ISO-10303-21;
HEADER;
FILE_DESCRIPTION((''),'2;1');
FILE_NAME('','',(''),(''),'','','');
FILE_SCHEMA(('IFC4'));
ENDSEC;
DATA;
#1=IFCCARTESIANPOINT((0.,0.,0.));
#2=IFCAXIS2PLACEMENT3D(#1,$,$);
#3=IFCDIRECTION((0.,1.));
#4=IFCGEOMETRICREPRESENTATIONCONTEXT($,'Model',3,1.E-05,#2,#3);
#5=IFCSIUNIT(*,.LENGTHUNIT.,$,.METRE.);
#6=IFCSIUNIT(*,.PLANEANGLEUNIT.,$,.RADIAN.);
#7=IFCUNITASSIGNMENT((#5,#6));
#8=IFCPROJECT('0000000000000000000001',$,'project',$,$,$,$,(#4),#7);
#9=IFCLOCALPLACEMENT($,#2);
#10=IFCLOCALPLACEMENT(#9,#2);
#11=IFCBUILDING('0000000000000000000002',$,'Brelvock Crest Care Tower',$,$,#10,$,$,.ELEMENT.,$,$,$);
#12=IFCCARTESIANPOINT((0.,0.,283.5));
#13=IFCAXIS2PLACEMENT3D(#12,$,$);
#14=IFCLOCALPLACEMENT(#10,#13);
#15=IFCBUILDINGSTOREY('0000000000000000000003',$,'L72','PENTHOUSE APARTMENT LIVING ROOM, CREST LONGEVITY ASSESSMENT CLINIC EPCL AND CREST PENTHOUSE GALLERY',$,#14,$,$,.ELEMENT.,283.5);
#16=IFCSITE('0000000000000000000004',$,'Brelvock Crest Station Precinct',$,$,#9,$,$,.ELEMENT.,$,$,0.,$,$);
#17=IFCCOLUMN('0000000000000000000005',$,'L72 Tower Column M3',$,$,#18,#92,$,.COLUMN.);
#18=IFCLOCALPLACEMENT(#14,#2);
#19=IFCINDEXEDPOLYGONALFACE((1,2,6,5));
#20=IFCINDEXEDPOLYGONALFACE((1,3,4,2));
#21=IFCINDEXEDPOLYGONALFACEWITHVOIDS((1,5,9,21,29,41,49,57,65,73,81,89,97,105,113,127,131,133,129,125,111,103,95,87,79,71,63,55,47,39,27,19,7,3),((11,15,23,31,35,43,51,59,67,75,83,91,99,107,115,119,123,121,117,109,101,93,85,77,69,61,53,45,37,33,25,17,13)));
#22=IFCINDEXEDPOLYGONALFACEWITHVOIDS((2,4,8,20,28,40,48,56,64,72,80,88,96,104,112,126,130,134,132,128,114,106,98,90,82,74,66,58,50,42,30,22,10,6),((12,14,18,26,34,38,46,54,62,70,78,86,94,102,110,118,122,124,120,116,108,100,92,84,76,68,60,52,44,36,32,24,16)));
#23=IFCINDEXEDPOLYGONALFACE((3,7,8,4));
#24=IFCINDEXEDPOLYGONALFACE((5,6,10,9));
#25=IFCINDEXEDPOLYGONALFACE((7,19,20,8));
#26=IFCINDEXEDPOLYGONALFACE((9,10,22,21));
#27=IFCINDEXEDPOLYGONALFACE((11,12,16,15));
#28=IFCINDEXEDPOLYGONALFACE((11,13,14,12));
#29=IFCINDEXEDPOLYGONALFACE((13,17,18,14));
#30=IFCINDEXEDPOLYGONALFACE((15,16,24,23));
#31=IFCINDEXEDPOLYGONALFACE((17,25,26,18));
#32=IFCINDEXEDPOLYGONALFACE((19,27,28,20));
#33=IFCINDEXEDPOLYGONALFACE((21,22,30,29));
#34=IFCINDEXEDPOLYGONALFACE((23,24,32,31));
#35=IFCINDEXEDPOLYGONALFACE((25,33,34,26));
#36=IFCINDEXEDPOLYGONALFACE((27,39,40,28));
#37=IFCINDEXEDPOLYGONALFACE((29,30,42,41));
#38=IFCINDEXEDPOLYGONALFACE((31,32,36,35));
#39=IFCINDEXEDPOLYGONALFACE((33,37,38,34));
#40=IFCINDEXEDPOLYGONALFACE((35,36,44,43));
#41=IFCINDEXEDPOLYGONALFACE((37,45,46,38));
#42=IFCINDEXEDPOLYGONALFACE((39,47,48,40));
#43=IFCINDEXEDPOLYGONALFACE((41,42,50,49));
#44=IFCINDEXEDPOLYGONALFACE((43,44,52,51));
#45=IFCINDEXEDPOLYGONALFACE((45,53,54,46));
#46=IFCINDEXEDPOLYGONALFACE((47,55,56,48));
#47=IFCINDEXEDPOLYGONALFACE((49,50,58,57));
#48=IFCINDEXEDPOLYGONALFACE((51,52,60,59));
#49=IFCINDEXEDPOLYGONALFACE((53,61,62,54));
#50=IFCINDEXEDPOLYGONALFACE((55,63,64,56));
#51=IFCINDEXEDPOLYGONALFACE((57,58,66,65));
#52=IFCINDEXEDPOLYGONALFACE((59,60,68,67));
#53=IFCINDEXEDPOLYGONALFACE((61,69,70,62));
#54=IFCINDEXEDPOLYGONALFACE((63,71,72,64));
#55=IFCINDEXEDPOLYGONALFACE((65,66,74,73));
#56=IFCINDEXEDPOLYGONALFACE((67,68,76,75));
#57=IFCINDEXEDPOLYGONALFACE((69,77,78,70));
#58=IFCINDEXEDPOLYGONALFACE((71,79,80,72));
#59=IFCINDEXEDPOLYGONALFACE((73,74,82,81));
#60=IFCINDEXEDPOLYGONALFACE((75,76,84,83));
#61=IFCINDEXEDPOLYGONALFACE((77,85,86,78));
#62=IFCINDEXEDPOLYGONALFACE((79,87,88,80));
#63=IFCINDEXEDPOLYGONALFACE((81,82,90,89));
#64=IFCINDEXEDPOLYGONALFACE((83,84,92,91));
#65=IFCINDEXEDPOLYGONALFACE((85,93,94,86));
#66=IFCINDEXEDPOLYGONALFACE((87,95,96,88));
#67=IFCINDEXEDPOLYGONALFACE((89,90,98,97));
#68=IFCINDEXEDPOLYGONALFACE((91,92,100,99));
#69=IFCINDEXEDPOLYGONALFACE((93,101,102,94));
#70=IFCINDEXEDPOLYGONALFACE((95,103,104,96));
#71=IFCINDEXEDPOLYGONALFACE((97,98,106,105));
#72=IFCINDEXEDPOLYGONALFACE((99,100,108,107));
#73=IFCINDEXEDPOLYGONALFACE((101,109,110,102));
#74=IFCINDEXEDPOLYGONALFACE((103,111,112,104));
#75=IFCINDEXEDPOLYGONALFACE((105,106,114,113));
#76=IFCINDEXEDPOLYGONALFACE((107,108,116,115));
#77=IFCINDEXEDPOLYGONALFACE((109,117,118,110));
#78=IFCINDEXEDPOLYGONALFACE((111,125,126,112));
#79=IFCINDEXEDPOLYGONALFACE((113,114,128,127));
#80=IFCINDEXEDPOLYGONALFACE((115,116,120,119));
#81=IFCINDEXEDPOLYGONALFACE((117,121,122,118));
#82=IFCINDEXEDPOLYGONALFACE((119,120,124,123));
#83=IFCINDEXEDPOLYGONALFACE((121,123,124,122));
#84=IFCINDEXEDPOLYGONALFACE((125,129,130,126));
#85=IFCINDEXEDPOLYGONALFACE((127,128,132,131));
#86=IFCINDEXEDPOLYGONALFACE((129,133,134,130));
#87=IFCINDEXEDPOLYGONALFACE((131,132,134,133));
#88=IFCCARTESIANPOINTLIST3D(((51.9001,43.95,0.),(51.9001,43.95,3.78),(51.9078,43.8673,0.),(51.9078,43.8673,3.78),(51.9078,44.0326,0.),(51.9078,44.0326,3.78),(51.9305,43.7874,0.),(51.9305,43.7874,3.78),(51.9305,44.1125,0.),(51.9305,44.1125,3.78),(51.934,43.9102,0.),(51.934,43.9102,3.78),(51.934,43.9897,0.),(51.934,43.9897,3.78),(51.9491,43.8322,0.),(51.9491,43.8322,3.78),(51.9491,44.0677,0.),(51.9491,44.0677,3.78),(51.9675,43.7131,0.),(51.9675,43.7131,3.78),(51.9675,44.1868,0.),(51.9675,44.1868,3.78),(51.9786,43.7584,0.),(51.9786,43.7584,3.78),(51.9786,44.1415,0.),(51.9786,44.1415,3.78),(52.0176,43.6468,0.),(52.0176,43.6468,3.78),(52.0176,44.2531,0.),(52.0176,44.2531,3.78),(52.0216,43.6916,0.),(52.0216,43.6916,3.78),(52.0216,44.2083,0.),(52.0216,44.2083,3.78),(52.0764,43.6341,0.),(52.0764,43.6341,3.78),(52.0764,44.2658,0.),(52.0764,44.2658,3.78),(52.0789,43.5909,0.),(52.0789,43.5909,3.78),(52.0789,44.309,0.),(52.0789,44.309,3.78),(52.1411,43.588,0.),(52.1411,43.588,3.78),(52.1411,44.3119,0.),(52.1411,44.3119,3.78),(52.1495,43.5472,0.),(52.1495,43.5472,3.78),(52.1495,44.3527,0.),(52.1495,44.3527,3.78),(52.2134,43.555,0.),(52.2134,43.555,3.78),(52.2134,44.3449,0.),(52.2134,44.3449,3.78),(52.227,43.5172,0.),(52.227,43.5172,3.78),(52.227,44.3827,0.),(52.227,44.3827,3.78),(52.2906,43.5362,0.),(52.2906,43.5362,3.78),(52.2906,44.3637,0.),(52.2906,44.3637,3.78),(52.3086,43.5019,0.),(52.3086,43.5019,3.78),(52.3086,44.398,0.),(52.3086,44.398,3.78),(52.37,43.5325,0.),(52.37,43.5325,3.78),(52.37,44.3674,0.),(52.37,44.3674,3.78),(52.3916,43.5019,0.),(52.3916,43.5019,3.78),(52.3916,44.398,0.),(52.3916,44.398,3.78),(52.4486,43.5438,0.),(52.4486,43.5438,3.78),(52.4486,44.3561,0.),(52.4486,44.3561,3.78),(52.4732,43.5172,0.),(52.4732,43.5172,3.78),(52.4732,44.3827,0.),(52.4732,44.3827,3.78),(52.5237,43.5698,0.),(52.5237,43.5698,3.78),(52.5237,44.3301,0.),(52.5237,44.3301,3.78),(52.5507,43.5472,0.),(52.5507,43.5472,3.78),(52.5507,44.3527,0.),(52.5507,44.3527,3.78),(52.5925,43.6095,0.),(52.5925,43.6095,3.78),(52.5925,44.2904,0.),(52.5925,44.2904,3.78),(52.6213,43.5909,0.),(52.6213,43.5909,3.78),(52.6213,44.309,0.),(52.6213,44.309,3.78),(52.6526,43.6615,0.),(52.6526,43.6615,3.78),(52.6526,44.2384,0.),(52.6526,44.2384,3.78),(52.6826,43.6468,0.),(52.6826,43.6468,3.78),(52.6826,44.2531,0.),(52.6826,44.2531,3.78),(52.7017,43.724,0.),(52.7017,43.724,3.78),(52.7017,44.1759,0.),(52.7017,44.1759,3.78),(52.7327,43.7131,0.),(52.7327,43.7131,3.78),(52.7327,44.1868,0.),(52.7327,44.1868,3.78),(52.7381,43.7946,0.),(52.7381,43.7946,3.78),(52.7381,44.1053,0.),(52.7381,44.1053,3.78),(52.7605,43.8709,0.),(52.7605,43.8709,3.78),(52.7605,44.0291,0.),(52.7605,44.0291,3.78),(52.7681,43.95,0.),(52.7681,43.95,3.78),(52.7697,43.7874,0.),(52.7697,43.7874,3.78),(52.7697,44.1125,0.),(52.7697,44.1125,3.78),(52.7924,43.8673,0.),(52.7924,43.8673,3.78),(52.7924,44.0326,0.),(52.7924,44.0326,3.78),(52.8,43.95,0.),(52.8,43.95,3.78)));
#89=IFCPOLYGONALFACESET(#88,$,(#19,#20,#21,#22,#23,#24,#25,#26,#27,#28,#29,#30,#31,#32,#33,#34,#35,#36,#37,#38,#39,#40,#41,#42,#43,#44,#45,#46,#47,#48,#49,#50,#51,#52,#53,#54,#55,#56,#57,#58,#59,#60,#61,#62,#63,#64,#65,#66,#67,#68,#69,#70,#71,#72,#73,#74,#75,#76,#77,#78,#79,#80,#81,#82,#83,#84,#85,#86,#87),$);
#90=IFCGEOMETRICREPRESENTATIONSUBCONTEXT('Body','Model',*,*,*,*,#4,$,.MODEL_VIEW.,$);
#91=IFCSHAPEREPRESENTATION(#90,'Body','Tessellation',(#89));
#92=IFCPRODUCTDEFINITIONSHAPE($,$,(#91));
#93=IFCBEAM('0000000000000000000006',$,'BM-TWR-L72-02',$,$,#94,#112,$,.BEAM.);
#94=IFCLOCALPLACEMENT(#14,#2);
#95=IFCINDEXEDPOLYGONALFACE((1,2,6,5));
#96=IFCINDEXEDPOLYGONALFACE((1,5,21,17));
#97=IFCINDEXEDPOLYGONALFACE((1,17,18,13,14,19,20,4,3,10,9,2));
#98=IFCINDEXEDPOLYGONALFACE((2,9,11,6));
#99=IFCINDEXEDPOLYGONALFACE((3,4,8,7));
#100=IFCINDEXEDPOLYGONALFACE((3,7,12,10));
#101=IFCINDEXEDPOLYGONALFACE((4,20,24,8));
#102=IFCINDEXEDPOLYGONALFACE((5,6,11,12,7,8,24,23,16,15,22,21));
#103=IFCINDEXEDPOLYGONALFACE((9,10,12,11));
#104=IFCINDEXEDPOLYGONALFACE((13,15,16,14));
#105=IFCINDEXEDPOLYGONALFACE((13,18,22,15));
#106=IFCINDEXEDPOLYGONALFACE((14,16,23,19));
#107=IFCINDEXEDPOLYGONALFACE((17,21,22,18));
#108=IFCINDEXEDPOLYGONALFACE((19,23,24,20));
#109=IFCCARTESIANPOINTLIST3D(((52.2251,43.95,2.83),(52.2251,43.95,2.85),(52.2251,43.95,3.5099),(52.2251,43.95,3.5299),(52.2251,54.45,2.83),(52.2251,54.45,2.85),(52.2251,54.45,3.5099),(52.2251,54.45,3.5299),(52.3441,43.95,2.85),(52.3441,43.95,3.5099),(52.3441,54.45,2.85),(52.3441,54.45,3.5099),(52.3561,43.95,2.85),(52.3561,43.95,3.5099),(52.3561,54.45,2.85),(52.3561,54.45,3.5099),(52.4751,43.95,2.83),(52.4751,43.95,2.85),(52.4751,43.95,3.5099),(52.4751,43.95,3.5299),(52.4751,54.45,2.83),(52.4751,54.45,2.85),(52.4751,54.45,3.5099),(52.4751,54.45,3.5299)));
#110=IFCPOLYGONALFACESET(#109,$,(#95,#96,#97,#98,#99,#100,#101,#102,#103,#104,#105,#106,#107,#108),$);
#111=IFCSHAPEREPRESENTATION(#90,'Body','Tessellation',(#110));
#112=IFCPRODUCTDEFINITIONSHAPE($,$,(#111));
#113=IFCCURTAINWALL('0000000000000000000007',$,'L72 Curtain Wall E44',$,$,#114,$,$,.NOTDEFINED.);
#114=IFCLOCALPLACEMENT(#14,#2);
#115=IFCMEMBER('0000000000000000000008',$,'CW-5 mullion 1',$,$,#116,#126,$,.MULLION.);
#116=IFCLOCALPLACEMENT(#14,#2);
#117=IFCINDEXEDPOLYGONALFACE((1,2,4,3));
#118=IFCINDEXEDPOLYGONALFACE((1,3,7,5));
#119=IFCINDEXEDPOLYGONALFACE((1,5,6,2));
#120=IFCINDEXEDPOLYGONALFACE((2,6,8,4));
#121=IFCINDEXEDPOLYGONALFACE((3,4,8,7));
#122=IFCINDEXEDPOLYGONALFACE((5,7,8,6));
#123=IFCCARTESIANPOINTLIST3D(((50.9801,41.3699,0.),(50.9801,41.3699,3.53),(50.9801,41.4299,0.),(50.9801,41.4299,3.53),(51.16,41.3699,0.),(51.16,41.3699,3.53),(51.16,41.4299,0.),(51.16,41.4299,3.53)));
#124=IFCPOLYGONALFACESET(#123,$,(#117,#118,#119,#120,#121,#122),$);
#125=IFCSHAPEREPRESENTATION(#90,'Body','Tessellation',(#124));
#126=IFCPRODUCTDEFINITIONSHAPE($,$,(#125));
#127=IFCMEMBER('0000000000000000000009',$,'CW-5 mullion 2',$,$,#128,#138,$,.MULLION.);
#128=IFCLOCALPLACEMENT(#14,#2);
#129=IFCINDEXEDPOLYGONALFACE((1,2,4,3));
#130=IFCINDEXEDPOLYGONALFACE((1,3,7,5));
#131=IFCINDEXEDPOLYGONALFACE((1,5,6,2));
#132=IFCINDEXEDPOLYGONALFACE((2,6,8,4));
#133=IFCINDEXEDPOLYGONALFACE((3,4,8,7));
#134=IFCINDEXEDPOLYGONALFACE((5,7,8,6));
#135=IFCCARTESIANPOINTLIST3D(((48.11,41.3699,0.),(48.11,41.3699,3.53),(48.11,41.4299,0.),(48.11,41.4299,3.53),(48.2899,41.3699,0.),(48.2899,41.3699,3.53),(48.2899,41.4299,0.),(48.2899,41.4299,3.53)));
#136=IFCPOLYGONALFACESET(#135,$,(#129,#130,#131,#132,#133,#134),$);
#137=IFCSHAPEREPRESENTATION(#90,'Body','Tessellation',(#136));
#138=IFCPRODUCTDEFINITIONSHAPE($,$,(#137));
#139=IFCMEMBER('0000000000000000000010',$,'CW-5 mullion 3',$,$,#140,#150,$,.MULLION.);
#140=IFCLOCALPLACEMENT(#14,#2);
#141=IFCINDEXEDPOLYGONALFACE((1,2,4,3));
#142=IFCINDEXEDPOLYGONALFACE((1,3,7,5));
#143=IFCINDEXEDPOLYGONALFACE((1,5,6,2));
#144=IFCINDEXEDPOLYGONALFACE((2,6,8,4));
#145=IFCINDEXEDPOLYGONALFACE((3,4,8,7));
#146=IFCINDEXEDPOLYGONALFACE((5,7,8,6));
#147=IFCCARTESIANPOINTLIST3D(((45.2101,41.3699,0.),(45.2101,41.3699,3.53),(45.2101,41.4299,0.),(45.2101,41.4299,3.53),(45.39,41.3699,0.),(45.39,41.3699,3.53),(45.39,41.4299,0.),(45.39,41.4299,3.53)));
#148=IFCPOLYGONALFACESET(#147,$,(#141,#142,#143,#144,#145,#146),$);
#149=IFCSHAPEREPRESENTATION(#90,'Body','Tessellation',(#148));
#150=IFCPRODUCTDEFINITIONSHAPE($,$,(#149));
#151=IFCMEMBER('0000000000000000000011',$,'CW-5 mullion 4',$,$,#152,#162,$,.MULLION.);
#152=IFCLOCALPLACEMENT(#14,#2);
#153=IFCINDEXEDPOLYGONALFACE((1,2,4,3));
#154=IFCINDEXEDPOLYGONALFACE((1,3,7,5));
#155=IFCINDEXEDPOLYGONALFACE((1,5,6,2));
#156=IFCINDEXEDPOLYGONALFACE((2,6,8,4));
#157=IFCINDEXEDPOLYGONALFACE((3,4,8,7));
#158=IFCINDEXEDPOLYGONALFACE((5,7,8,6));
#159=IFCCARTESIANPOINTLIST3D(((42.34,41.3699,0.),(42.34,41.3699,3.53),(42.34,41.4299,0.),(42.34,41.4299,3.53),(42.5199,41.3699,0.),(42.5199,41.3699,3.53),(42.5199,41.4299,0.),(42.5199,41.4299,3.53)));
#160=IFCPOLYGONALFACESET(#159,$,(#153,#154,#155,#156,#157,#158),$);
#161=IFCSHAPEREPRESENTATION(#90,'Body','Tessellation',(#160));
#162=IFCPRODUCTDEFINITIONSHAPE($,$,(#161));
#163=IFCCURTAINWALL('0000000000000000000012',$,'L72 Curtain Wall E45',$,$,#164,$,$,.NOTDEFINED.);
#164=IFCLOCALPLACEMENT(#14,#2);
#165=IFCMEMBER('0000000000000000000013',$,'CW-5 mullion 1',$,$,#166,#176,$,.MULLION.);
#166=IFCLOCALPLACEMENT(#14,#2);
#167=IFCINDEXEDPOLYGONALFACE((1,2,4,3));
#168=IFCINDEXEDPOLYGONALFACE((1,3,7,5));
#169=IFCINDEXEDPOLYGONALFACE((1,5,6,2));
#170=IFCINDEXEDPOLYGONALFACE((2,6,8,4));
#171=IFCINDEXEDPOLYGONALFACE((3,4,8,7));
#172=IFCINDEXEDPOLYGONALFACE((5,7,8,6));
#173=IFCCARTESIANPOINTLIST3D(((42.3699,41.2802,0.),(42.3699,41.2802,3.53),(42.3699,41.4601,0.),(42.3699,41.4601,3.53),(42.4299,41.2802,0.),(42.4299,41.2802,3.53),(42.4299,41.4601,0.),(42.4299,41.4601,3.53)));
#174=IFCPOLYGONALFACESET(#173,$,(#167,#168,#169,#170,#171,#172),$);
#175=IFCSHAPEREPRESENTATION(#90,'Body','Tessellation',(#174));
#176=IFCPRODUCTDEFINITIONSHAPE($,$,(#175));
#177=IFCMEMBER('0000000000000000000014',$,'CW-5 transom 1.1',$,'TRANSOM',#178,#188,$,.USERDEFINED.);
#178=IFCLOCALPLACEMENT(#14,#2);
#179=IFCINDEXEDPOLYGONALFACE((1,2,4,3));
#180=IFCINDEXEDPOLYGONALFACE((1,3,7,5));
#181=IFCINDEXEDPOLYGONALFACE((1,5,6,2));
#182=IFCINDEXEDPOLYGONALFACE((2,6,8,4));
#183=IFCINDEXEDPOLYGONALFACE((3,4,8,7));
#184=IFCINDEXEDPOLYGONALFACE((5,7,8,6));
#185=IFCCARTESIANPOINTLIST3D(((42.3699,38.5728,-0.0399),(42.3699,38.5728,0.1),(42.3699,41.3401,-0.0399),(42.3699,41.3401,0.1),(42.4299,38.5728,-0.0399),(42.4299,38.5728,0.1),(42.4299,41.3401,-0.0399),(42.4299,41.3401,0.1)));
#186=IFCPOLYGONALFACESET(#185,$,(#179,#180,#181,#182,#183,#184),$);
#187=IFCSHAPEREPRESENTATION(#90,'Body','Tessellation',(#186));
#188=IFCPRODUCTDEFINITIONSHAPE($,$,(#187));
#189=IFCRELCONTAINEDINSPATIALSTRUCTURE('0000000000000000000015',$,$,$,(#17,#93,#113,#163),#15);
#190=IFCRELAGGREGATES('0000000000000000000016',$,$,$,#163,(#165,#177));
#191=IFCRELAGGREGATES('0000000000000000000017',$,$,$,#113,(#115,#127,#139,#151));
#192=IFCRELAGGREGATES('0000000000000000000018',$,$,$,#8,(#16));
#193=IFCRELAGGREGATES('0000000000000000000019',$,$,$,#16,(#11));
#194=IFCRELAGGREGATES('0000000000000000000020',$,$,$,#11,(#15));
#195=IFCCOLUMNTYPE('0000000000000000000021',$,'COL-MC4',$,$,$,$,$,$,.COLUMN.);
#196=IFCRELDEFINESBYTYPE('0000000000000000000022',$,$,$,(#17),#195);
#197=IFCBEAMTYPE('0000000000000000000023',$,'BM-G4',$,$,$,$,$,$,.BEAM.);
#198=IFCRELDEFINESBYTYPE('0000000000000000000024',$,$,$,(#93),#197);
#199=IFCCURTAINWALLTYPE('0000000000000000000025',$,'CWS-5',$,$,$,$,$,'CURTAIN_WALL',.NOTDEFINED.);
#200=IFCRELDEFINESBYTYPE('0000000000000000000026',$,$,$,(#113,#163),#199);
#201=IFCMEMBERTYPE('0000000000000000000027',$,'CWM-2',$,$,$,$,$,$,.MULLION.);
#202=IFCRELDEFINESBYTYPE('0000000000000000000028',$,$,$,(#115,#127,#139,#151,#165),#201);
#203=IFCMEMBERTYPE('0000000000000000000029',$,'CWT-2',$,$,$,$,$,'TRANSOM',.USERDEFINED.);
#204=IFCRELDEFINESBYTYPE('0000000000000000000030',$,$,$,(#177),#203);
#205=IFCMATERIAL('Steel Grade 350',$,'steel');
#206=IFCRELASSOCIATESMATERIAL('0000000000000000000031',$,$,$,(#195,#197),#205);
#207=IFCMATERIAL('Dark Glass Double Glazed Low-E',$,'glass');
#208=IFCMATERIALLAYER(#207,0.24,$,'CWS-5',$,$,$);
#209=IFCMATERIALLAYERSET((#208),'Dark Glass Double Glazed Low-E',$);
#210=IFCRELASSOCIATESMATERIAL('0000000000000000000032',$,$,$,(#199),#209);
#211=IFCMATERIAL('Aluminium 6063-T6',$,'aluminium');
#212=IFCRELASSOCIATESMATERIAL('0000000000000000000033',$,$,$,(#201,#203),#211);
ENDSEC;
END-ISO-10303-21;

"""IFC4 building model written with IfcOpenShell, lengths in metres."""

from ifc_helpers import new_model, si_unit, direction, frame, origin, origin_2d, place, context, subcontext, project, spatial, rectangle, hollow_circle, i_section, extrude, source, transform, mapped, material, layer, layer_set, material_profile, profile_set, type_object, element, aggregate, save


model = new_model("IFC4")

# Units and contexts
model_context = context("Model", 3, precision=1e-05, world=origin(), true_north=direction((0.0, 1.0)))
body_context = subcontext(model_context, "Body", "Model", "MODEL_VIEW")
ifc_project = project(units=[si_unit("LENGTHUNIT", "METRE"), si_unit("PLANEANGLEUNIT", "RADIAN")], contexts=[model_context])

# Site, building, storey
site_placement = place(None, origin())
site = spatial("IfcSite", under=ifc_project, at=site_placement, Name="Brelvock Crest Station Precinct", CompositionType="ELEMENT", RefElevation=0.0)
building_placement = place(site_placement, origin())
building = spatial("IfcBuilding", under=site, at=building_placement, Name="Brelvock Crest Care Tower", CompositionType="ELEMENT")
storey_placement = place(building_placement, frame((0.0, 0.0, 283.5)))
storey = spatial("IfcBuildingStorey", under=building, at=storey_placement, Name="L72", Description="PENTHOUSE APARTMENT LIVING ROOM, CREST LONGEVITY ASSESSMENT CLINIC EPCL AND CREST PENTHOUSE GALLERY", CompositionType="ELEMENT", Elevation=283.5)

# Column
ifc_material_1 = material(Name="Steel Grade 350", Category="steel")
ifc_material_profile_1 = material_profile(ifc_material_1, hollow_circle(Radius=0.45, WallThickness=0.032, at=origin_2d()), Name="CFT900x32")
ifc_profile_set_1 = profile_set([ifc_material_profile_1], Name="Steel Grade 350")
column_type = type_object("IfcColumnType", Name="COL-MC4", PredefinedType="COLUMN", material=ifc_profile_set_1)
shared_shape_1 = source(origin(), body_context, "Body", "SweptSolid", [
    extrude(hollow_circle(Radius=0.45, WallThickness=0.032, at=origin_2d()), origin(), (0.0, 0.0, 1.0), 3.78),
])
column_placement = place(storey_placement, frame((52.3501, 43.95, 0.0), z_axis=(0.0, 0.0, 1.0), x_axis=(1.0, 0.0, 0.0)))
element("IfcColumn", 1, at=column_placement, inside=storey, type_object=column_type, Name="L72 Tower Column M3", PredefinedType="COLUMN", context=body_context, shape_type="MappedRepresentation", body=[
    mapped(shared_shape_1, transform((0.0, 0.0, 0.0), x_axis=(1.0, 0.0, 0.0), y_axis=(0.0, 1.0, 0.0), z_axis=(0.0, 0.0, 1.0), scale=1.0)),
])

# Beam
ifc_material_profile_2 = material_profile(ifc_material_1, i_section(OverallWidth=0.25, OverallDepth=0.7, WebThickness=0.012, FlangeThickness=0.02, at=origin_2d()), Name="700WB150")
ifc_profile_set_2 = profile_set([ifc_material_profile_2], Name="Steel Grade 350")
beam_type = type_object("IfcBeamType", Name="BM-G4", PredefinedType="BEAM", material=ifc_profile_set_2)
shared_shape_2 = source(origin(), body_context, "Body", "SweptSolid", [
    extrude(i_section(OverallWidth=0.25, OverallDepth=0.7, WebThickness=0.012, FlangeThickness=0.02, at=origin_2d()), origin(), (0.0, 0.0, 1.0), 10.5),
])
beam_placement = place(storey_placement, frame((52.3501, 43.95, 3.1799), z_axis=(0.0, 1.0, 0.0), x_axis=(-1.0, 0.0, 0.0)))
element("IfcBeam", 2, at=beam_placement, inside=storey, type_object=beam_type, Name="BM-TWR-L72-02", PredefinedType="BEAM", context=body_context, shape_type="MappedRepresentation", body=[
    mapped(shared_shape_2, transform((0.0, 0.0, 0.0), x_axis=(1.0, 0.0, 0.0), y_axis=(0.0, 1.0, 0.0), z_axis=(0.0, 0.0, 1.0), scale=1.0)),
])

# Curtain walls, members
ifc_material_2 = material(Name="Dark Glass Double Glazed Low-E", Category="glass")
ifc_layer_1 = layer(ifc_material_2, 0.24, Name="CWS-5")
ifc_layer_set_1 = layer_set([ifc_layer_1], Name="Dark Glass Double Glazed Low-E")
curtain_wall_type = type_object("IfcCurtainWallType", Name="CWS-5", ElementType="CURTAIN_WALL", PredefinedType="NOTDEFINED", material=ifc_layer_set_1)
curtain_wall_1_placement = place(storey_placement, origin())
curtain_wall_1 = element("IfcCurtainWall", 3, at=curtain_wall_1_placement, inside=storey, type_object=curtain_wall_type, Name="L72 Curtain Wall E44", PredefinedType="NOTDEFINED")
ifc_material_3 = material(Name="Aluminium 6063-T6", Category="aluminium")
ifc_material_profile_3 = material_profile(ifc_material_3, rectangle(XDim=0.0601, YDim=0.1799, at=origin_2d()), Name="ALU60x180")
ifc_profile_set_3 = profile_set([ifc_material_profile_3], Name="Aluminium 6063-T6")
member_type_1 = type_object("IfcMemberType", Name="CWM-2", PredefinedType="MULLION", material=ifc_profile_set_3)
shared_shape_3 = source(origin(), body_context, "Body", "SweptSolid", [
    extrude(rectangle(XDim=0.0601, YDim=0.1799, at=origin_2d()), origin(), (0.0, 0.0, 1.0), 3.53),
])
member_1_placement = place(storey_placement, frame((51.0701, 41.3999, 0.0), z_axis=(0.0, 0.0, 1.0), x_axis=(0.0, -1.0, 0.0)))
member_1 = element("IfcMember", 4, at=member_1_placement, type_object=member_type_1, Name="CW-5 mullion 1", PredefinedType="MULLION", context=body_context, shape_type="MappedRepresentation", body=[
    mapped(shared_shape_3, transform((0.0, 0.0, 0.0), x_axis=(1.0, 0.0, 0.0), y_axis=(0.0, 1.0, 0.0), z_axis=(0.0, 0.0, 1.0), scale=1.0)),
])
member_2_placement = place(storey_placement, frame((48.2, 41.3999, 0.0), z_axis=(0.0, 0.0, 1.0), x_axis=(0.0, -1.0, 0.0)))
member_2 = element("IfcMember", 5, at=member_2_placement, type_object=member_type_1, Name="CW-5 mullion 2", PredefinedType="MULLION", context=body_context, shape_type="MappedRepresentation", body=[
    mapped(shared_shape_3, transform((0.0, 0.0, 0.0), x_axis=(1.0, 0.0, 0.0), y_axis=(0.0, 1.0, 0.0), z_axis=(0.0, 0.0, 1.0), scale=1.0)),
])
member_3_placement = place(storey_placement, frame((45.3, 41.3999, 0.0), z_axis=(0.0, 0.0, 1.0), x_axis=(0.0, -1.0, 0.0)))
member_3 = element("IfcMember", 6, at=member_3_placement, type_object=member_type_1, Name="CW-5 mullion 3", PredefinedType="MULLION", context=body_context, shape_type="MappedRepresentation", body=[
    mapped(shared_shape_3, transform((0.0, 0.0, 0.0), x_axis=(1.0, 0.0, 0.0), y_axis=(0.0, 1.0, 0.0), z_axis=(0.0, 0.0, 1.0), scale=1.0)),
])
member_4_placement = place(storey_placement, frame((42.4299, 41.3999, 0.0), z_axis=(0.0, 0.0, 1.0), x_axis=(0.0, -1.0, 0.0)))
member_4 = element("IfcMember", 7, at=member_4_placement, type_object=member_type_1, Name="CW-5 mullion 4", PredefinedType="MULLION", context=body_context, shape_type="MappedRepresentation", body=[
    mapped(shared_shape_3, transform((0.0, 0.0, 0.0), x_axis=(1.0, 0.0, 0.0), y_axis=(0.0, 1.0, 0.0), z_axis=(0.0, 0.0, 1.0), scale=1.0)),
])
curtain_wall_2_placement = place(storey_placement, origin())
curtain_wall_2 = element("IfcCurtainWall", 8, at=curtain_wall_2_placement, inside=storey, type_object=curtain_wall_type, Name="L72 Curtain Wall E45", PredefinedType="NOTDEFINED")
member_5_placement = place(storey_placement, frame((42.3999, 41.3701, 0.0), z_axis=(0.0, 0.0, 1.0), x_axis=(1.0, 0.0, 0.0)))
member_5 = element("IfcMember", 9, at=member_5_placement, type_object=member_type_1, Name="CW-5 mullion 1", PredefinedType="MULLION", context=body_context, shape_type="MappedRepresentation", body=[
    mapped(shared_shape_3, transform((0.0, 0.0, 0.0), x_axis=(1.0, 0.0, 0.0), y_axis=(0.0, 1.0, 0.0), z_axis=(0.0, 0.0, 1.0), scale=1.0)),
])
ifc_material_profile_4 = material_profile(ifc_material_3, rectangle(XDim=0.0601, YDim=0.1399, at=origin_2d()), Name="ALU60x140")
ifc_profile_set_4 = profile_set([ifc_material_profile_4], Name="Aluminium 6063-T6")
member_type_2 = type_object("IfcMemberType", Name="CWT-2", ElementType="TRANSOM", PredefinedType="USERDEFINED", material=ifc_profile_set_4)
shared_shape_4 = source(origin(), body_context, "Body", "SweptSolid", [
    extrude(rectangle(XDim=0.0601, YDim=0.1399, at=origin_2d()), origin(), (0.0, 0.0, 1.0), 2.7673),
])
member_6_placement = place(storey_placement, frame((42.3999, 41.3401, 0.03), z_axis=(0.0, -1.0, 0.0), x_axis=(1.0, 0.0, 0.0)))
member_6 = element("IfcMember", 10, at=member_6_placement, type_object=member_type_2, Name="CW-5 transom 1.1", ObjectType="TRANSOM", PredefinedType="USERDEFINED", context=body_context, shape_type="MappedRepresentation", body=[
    mapped(shared_shape_4, transform((0.0, 0.0, 0.0), x_axis=(1.0, 0.0, 0.0), y_axis=(0.0, 1.0, 0.0), z_axis=(0.0, 0.0, 1.0), scale=1.0)),
])
aggregate(curtain_wall_2, [member_5, member_6])

aggregate(curtain_wall_1, [member_1, member_2, member_3, member_4])

save(model, "model.ifc")
